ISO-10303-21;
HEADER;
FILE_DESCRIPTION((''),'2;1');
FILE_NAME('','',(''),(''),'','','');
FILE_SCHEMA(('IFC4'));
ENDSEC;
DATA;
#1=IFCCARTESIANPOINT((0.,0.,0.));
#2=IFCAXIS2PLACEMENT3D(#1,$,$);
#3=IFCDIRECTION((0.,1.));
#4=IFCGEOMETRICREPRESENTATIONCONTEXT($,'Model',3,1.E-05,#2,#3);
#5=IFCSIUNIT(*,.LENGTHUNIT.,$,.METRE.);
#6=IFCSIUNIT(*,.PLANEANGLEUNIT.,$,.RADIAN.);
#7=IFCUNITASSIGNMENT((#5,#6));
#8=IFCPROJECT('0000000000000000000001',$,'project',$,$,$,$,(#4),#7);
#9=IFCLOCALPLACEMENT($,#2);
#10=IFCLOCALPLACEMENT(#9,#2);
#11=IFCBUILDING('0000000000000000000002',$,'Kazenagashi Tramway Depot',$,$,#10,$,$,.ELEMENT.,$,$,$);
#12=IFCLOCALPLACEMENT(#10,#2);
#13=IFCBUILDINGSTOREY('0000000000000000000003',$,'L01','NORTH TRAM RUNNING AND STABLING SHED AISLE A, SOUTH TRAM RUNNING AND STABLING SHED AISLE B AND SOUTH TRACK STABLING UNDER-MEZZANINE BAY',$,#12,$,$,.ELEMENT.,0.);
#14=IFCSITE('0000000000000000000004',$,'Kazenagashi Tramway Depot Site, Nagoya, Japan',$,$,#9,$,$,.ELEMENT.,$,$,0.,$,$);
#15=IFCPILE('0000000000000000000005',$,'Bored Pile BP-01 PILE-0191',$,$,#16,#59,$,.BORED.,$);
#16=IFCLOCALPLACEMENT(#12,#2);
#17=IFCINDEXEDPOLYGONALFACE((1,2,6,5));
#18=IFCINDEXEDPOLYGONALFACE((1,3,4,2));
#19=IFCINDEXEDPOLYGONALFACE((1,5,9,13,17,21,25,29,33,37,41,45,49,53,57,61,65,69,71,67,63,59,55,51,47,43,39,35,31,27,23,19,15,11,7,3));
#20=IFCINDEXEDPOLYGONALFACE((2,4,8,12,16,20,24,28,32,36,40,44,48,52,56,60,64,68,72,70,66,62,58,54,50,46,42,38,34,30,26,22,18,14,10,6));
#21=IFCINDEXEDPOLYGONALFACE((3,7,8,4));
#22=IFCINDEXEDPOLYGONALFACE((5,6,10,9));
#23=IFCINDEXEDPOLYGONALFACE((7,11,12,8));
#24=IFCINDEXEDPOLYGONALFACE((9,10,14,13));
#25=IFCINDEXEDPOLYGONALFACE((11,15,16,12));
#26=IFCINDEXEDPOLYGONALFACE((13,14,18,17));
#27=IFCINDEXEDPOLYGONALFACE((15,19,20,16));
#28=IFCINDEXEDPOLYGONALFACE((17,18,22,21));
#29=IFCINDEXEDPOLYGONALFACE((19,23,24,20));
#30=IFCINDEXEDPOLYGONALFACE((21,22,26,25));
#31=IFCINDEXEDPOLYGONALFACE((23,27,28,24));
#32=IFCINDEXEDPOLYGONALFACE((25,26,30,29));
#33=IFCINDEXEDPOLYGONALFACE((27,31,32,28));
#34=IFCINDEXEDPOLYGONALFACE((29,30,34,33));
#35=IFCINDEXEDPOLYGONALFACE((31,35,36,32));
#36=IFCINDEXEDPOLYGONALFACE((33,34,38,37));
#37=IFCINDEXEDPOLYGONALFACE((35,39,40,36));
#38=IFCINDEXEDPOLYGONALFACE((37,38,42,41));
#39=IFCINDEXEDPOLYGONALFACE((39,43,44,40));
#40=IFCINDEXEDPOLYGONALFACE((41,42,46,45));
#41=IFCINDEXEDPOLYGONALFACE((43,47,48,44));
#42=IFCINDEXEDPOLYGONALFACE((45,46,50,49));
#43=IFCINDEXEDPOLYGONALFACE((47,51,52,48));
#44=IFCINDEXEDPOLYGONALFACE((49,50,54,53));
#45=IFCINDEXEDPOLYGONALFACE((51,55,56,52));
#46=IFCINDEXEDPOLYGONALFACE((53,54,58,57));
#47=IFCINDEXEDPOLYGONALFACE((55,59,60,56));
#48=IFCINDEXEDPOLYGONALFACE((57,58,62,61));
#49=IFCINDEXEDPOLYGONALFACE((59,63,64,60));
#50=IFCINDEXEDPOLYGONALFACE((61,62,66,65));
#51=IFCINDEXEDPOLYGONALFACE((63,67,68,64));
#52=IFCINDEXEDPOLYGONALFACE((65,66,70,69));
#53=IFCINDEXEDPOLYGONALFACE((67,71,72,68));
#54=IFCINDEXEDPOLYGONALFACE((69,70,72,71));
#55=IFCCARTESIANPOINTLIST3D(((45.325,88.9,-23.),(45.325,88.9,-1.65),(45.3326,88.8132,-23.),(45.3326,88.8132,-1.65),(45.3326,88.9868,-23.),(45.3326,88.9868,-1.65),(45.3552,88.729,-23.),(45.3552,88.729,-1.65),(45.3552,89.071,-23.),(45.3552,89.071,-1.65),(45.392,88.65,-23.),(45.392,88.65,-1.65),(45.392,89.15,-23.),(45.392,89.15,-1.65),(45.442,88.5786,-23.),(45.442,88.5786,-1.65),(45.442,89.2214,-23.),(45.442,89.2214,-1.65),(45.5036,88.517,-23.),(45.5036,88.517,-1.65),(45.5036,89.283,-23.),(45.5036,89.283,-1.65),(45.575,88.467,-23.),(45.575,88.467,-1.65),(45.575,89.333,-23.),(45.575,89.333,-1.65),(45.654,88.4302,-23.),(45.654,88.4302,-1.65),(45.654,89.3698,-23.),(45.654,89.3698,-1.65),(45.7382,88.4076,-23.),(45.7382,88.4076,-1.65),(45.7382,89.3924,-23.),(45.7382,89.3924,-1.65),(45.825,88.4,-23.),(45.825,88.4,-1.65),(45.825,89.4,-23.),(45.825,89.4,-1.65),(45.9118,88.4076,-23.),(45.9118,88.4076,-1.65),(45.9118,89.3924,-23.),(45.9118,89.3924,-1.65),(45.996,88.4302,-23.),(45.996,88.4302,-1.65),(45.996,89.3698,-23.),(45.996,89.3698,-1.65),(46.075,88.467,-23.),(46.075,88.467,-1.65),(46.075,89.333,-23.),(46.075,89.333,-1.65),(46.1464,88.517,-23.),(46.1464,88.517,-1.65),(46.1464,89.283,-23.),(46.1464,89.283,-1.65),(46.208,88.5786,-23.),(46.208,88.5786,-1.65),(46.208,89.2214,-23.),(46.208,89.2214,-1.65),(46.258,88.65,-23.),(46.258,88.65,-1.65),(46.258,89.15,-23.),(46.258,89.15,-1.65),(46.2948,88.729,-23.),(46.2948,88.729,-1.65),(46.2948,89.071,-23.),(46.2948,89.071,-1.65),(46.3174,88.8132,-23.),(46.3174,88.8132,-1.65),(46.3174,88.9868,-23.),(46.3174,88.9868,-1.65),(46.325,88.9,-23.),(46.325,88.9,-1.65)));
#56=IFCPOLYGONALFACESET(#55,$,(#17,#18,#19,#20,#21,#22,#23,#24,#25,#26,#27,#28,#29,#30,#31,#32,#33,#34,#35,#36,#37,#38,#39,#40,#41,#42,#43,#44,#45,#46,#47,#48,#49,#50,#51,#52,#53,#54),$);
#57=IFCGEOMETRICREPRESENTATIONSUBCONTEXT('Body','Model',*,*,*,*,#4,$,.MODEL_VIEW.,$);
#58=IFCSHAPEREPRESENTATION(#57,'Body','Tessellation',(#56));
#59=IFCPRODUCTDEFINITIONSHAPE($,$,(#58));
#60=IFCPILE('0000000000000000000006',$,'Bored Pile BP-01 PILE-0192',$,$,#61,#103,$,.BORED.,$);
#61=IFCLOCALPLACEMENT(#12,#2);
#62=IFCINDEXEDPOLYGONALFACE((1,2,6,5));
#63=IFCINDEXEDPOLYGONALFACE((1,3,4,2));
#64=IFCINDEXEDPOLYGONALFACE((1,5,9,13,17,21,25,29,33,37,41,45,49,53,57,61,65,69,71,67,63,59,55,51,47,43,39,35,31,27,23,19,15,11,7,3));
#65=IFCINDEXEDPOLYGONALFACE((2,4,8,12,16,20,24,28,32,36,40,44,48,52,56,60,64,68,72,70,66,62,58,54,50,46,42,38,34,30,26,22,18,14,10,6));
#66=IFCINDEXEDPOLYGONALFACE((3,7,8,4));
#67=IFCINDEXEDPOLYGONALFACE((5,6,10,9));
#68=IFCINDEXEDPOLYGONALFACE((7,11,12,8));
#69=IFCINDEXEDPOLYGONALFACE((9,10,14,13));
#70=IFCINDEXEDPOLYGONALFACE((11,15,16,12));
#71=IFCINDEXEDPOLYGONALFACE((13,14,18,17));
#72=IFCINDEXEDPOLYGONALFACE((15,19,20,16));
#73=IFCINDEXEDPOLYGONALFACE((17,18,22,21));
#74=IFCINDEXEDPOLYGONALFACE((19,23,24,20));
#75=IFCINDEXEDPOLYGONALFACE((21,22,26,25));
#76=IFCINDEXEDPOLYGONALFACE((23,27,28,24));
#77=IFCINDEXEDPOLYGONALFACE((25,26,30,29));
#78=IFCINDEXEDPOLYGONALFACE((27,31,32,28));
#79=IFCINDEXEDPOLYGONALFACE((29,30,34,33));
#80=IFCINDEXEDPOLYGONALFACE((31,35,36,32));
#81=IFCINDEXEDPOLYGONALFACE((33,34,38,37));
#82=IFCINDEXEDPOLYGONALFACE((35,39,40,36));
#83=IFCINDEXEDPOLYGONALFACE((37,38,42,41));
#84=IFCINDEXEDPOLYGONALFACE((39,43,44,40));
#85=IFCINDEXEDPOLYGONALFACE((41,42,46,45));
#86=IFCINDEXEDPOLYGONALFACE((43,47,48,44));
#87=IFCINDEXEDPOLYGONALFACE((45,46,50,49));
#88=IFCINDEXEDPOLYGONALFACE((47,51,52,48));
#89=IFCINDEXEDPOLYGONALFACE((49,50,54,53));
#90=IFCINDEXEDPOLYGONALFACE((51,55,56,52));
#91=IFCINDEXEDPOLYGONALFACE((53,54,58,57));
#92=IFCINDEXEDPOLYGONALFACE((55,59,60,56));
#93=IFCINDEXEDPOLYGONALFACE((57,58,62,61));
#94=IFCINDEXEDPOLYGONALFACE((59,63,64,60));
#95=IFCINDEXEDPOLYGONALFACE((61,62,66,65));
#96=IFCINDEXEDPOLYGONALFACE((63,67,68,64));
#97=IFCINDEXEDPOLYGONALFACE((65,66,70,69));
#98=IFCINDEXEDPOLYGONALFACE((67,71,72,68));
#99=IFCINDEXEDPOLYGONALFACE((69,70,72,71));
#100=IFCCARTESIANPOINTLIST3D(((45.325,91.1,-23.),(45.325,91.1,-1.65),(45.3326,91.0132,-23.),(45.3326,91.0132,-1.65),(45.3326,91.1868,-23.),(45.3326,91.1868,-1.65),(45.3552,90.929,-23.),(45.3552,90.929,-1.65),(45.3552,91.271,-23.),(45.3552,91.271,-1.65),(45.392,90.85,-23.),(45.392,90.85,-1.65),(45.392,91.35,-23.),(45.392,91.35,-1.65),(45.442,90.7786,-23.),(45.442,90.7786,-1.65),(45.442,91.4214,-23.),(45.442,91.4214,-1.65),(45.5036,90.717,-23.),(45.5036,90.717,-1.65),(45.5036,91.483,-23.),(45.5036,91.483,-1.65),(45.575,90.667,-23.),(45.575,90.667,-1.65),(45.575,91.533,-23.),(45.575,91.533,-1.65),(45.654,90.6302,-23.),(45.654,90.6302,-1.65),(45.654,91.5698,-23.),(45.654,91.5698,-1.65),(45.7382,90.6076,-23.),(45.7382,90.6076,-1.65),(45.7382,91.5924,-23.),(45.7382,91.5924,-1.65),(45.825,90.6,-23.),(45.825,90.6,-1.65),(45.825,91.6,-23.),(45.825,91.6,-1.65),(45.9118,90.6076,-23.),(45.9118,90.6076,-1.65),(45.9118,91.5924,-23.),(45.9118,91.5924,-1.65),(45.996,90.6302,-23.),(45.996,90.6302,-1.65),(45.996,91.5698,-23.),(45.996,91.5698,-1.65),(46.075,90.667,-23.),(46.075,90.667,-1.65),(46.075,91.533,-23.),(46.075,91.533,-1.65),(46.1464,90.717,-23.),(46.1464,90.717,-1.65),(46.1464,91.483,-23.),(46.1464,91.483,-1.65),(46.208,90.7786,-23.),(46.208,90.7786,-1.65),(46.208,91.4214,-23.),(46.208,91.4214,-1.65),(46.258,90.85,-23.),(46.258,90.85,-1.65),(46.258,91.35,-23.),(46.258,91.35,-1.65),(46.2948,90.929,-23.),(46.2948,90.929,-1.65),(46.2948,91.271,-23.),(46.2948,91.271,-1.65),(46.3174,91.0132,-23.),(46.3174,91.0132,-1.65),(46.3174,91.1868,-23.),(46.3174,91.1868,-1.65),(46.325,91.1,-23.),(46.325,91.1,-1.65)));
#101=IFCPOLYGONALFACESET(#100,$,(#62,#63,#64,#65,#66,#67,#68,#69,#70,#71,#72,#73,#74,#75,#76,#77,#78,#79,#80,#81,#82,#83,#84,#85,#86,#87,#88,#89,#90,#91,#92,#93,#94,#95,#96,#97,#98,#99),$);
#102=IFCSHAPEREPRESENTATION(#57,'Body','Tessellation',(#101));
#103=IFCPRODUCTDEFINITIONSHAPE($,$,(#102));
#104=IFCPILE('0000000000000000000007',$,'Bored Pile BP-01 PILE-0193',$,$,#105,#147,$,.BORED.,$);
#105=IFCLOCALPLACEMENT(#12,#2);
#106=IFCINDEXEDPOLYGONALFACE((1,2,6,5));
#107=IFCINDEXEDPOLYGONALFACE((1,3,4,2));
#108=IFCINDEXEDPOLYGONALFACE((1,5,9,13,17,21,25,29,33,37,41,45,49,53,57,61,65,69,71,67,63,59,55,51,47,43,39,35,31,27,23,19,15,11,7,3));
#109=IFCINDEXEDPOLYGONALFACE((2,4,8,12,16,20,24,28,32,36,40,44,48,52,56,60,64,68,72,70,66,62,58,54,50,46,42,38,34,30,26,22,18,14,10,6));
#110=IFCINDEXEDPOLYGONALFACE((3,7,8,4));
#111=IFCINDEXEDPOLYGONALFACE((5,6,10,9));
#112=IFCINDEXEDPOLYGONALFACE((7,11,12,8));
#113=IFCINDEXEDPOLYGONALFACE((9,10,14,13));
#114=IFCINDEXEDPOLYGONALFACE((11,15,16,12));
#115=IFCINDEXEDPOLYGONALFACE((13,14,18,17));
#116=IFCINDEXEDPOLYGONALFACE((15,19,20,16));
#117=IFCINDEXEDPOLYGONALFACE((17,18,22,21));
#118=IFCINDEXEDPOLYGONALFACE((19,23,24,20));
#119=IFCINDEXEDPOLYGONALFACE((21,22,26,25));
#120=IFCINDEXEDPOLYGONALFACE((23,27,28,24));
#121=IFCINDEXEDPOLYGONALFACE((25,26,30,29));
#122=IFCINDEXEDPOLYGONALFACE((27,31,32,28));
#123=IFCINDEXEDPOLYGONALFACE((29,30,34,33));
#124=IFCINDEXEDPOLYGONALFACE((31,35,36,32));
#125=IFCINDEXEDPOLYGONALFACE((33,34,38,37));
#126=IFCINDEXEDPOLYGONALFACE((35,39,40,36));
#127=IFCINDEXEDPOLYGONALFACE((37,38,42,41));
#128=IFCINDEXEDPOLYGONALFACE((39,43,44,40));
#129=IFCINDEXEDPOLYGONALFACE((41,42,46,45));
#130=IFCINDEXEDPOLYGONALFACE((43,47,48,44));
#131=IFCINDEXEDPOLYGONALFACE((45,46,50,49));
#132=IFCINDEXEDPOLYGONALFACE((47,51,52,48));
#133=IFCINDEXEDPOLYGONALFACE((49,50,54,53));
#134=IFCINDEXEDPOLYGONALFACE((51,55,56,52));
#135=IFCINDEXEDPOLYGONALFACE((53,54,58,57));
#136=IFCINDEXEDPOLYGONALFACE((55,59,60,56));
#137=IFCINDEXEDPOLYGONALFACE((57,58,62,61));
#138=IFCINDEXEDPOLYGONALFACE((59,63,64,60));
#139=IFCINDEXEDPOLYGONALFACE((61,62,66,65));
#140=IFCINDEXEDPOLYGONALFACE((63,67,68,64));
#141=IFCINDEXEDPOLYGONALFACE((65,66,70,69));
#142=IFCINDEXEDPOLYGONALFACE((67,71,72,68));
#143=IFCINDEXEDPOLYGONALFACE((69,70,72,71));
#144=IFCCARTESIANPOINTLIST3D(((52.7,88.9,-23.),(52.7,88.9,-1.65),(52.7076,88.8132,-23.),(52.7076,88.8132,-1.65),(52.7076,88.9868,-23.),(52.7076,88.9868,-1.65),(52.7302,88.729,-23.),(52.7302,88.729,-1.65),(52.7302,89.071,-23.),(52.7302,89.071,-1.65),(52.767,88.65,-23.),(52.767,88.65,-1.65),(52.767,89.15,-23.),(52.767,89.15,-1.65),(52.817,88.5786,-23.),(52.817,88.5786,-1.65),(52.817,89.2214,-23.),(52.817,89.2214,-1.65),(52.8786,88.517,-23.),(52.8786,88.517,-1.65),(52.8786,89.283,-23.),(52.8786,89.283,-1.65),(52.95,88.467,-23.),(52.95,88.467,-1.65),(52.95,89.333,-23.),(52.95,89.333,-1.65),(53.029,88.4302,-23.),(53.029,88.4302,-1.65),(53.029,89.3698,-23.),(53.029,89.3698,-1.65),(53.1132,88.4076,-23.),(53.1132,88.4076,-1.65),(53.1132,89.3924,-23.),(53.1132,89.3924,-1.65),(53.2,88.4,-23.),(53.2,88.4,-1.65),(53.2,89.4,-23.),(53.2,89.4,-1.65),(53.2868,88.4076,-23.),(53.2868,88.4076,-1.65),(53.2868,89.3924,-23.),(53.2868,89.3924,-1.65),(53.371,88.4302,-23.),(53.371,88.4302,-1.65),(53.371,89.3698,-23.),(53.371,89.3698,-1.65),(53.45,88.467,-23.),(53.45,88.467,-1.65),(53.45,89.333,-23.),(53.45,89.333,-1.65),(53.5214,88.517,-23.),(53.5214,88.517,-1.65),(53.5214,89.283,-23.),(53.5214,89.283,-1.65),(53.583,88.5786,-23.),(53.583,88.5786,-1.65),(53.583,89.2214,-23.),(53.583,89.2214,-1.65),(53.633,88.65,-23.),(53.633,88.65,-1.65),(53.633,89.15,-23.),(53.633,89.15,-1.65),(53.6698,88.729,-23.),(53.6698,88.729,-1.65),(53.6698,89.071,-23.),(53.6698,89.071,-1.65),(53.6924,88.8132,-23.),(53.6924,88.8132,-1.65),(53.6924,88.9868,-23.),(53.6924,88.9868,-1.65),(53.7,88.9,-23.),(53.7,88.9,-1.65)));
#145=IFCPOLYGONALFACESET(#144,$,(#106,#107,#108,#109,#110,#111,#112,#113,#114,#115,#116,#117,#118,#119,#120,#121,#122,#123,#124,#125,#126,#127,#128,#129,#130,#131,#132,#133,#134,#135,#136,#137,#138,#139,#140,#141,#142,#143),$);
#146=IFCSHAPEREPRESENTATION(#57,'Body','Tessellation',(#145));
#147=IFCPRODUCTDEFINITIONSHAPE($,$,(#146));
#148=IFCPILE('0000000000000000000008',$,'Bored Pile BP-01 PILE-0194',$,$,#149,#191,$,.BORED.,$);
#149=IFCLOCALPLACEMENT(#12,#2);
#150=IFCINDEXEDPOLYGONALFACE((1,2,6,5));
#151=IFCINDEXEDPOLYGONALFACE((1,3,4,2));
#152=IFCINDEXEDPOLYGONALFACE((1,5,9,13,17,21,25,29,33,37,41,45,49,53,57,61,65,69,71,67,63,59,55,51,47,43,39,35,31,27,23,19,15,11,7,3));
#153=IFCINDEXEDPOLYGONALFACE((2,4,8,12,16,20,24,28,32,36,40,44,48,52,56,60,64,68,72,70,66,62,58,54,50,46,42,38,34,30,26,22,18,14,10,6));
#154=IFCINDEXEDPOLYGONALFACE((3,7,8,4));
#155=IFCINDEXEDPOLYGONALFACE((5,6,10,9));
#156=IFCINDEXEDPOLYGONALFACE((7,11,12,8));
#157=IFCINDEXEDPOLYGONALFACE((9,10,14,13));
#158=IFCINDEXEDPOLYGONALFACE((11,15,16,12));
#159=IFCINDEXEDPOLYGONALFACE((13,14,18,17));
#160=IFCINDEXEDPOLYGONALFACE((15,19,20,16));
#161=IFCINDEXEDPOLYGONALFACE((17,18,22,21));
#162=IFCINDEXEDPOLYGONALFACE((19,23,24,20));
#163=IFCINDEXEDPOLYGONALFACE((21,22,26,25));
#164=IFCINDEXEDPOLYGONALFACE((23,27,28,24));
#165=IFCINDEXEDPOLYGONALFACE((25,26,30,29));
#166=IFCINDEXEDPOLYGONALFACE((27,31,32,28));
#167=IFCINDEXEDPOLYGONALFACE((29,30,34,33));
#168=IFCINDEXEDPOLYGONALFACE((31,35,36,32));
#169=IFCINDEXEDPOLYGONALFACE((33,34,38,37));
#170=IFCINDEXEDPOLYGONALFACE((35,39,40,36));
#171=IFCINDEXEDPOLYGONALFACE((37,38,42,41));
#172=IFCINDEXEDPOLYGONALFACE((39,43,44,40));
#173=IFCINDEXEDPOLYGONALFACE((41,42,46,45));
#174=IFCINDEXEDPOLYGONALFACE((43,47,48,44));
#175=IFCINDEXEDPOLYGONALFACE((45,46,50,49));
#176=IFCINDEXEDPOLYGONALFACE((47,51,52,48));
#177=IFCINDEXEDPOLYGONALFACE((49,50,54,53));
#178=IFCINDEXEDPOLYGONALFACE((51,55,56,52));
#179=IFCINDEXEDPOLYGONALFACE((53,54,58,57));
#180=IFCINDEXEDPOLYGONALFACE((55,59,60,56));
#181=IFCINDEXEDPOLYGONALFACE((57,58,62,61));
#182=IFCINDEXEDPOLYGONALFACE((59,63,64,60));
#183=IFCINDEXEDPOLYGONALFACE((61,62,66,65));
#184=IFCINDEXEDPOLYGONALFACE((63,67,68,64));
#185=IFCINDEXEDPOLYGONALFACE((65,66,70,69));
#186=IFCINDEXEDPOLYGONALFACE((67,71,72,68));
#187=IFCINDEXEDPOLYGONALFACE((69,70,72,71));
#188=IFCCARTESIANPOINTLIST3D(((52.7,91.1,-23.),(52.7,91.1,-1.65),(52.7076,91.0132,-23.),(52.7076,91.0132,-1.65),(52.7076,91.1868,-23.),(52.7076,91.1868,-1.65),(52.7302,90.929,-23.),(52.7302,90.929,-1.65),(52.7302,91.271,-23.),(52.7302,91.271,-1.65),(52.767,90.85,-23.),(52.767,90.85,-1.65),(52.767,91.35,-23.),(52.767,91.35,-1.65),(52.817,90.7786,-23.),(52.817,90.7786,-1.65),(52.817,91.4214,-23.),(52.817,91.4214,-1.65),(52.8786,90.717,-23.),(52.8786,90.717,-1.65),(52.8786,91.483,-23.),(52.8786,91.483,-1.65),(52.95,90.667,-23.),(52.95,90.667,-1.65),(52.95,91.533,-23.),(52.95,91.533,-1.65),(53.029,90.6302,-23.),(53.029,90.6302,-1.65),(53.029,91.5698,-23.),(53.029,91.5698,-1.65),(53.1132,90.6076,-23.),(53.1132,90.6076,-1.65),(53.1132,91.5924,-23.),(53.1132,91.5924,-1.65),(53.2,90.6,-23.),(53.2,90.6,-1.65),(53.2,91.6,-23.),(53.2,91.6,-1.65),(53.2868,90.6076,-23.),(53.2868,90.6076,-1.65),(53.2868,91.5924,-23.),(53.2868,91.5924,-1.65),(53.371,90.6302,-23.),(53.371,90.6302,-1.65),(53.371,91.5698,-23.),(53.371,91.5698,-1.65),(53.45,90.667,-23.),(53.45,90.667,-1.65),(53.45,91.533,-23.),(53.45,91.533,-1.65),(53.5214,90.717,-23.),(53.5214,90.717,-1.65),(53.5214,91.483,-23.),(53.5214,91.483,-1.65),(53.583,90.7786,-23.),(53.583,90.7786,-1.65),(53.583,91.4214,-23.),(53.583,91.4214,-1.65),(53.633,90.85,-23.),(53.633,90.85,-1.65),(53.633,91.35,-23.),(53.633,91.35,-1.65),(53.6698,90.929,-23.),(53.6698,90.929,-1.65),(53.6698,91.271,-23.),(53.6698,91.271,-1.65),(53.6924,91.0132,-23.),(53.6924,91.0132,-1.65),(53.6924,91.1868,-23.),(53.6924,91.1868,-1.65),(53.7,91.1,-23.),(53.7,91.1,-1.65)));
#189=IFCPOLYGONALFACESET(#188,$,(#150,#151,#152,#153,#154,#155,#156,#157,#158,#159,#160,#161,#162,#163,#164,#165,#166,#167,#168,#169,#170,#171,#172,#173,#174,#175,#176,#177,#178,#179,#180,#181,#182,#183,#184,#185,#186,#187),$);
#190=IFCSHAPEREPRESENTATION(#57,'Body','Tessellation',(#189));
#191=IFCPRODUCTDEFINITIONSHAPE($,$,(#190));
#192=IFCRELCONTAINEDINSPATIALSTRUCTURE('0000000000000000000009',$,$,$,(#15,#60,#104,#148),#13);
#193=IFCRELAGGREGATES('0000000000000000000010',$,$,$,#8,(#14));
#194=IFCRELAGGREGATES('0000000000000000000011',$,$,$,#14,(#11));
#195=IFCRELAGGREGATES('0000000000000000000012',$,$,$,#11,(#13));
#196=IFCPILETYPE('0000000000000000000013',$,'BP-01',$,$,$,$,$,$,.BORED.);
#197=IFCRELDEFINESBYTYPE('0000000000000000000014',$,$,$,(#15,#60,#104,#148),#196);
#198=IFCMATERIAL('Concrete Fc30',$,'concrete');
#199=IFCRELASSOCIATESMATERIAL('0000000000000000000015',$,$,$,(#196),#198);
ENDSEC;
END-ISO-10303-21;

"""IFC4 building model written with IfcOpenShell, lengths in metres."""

from ifc_helpers import new_model, si_unit, direction, frame, origin, origin_2d, place, context, subcontext, project, spatial, circle, extrude, material, material_profile, profile_set, type_object, element, save


model = new_model("IFC4")

# Units and contexts
model_context = context("Model", 3, precision=1e-05, world=origin(), true_north=direction((0.0, 1.0)))
body_context = subcontext(model_context, "Body", "Model", "MODEL_VIEW")
ifc_project = project(units=[si_unit("LENGTHUNIT", "METRE"), si_unit("PLANEANGLEUNIT", "RADIAN")], contexts=[model_context])

# Site, building, storey
site_placement = place(None, origin())
site = spatial("IfcSite", under=ifc_project, at=site_placement, Name="Kazenagashi Tramway Depot Site, Nagoya, Japan", CompositionType="ELEMENT", RefElevation=0.0)
building_placement = place(site_placement, origin())
building = spatial("IfcBuilding", under=site, at=building_placement, Name="Kazenagashi Tramway Depot", CompositionType="ELEMENT")
storey_placement = place(building_placement, origin())
storey = spatial("IfcBuildingStorey", under=building, at=storey_placement, Name="L01", Description="NORTH TRAM RUNNING AND STABLING SHED AISLE A, SOUTH TRAM RUNNING AND STABLING SHED AISLE B AND SOUTH TRACK STABLING UNDER-MEZZANINE BAY", CompositionType="ELEMENT", Elevation=0.0)

# Piles
ifc_material_1 = material(Name="Concrete Fc30", Category="concrete")
ifc_material_profile_1 = material_profile(ifc_material_1, circle(Radius=0.5, at=origin_2d()), Name="PILE-1000")
ifc_profile_set_1 = profile_set([ifc_material_profile_1], Name="Concrete Fc30")
pile_type_1 = type_object("IfcPileType", Name="BP-01", PredefinedType="BORED", material=ifc_profile_set_1)
for number, where, z_axis, x_axis, name in (
    (1, (45.825, 88.9, -1.65), (0.0, 0.0, -1.0), (1.0, 0.0, 0.0), "Bored Pile BP-01 PILE-0191"),
    (2, (45.825, 91.1, -1.65), (0.0, 0.0, -1.0), (1.0, 0.0, 0.0), "Bored Pile BP-01 PILE-0192"),
    (3, (53.2, 88.9, -1.65), (0.0, 0.0, -1.0), (1.0, 0.0, 0.0), "Bored Pile BP-01 PILE-0193"),
    (4, (53.2, 91.1, -1.65), (0.0, 0.0, -1.0), (1.0, 0.0, 0.0), "Bored Pile BP-01 PILE-0194"),
):
    element("IfcPile", number, at=place(storey_placement, frame(where, z_axis=z_axis, x_axis=x_axis)), inside=storey, type_object=pile_type_1, Name=name, PredefinedType="BORED", context=body_context, shape_type="SweptSolid", body=[
        extrude(circle(Radius=0.5, at=origin_2d()), origin(), (0.0, 0.0, 1.0), 21.35),
    ])

save(model, "model.ifc")
